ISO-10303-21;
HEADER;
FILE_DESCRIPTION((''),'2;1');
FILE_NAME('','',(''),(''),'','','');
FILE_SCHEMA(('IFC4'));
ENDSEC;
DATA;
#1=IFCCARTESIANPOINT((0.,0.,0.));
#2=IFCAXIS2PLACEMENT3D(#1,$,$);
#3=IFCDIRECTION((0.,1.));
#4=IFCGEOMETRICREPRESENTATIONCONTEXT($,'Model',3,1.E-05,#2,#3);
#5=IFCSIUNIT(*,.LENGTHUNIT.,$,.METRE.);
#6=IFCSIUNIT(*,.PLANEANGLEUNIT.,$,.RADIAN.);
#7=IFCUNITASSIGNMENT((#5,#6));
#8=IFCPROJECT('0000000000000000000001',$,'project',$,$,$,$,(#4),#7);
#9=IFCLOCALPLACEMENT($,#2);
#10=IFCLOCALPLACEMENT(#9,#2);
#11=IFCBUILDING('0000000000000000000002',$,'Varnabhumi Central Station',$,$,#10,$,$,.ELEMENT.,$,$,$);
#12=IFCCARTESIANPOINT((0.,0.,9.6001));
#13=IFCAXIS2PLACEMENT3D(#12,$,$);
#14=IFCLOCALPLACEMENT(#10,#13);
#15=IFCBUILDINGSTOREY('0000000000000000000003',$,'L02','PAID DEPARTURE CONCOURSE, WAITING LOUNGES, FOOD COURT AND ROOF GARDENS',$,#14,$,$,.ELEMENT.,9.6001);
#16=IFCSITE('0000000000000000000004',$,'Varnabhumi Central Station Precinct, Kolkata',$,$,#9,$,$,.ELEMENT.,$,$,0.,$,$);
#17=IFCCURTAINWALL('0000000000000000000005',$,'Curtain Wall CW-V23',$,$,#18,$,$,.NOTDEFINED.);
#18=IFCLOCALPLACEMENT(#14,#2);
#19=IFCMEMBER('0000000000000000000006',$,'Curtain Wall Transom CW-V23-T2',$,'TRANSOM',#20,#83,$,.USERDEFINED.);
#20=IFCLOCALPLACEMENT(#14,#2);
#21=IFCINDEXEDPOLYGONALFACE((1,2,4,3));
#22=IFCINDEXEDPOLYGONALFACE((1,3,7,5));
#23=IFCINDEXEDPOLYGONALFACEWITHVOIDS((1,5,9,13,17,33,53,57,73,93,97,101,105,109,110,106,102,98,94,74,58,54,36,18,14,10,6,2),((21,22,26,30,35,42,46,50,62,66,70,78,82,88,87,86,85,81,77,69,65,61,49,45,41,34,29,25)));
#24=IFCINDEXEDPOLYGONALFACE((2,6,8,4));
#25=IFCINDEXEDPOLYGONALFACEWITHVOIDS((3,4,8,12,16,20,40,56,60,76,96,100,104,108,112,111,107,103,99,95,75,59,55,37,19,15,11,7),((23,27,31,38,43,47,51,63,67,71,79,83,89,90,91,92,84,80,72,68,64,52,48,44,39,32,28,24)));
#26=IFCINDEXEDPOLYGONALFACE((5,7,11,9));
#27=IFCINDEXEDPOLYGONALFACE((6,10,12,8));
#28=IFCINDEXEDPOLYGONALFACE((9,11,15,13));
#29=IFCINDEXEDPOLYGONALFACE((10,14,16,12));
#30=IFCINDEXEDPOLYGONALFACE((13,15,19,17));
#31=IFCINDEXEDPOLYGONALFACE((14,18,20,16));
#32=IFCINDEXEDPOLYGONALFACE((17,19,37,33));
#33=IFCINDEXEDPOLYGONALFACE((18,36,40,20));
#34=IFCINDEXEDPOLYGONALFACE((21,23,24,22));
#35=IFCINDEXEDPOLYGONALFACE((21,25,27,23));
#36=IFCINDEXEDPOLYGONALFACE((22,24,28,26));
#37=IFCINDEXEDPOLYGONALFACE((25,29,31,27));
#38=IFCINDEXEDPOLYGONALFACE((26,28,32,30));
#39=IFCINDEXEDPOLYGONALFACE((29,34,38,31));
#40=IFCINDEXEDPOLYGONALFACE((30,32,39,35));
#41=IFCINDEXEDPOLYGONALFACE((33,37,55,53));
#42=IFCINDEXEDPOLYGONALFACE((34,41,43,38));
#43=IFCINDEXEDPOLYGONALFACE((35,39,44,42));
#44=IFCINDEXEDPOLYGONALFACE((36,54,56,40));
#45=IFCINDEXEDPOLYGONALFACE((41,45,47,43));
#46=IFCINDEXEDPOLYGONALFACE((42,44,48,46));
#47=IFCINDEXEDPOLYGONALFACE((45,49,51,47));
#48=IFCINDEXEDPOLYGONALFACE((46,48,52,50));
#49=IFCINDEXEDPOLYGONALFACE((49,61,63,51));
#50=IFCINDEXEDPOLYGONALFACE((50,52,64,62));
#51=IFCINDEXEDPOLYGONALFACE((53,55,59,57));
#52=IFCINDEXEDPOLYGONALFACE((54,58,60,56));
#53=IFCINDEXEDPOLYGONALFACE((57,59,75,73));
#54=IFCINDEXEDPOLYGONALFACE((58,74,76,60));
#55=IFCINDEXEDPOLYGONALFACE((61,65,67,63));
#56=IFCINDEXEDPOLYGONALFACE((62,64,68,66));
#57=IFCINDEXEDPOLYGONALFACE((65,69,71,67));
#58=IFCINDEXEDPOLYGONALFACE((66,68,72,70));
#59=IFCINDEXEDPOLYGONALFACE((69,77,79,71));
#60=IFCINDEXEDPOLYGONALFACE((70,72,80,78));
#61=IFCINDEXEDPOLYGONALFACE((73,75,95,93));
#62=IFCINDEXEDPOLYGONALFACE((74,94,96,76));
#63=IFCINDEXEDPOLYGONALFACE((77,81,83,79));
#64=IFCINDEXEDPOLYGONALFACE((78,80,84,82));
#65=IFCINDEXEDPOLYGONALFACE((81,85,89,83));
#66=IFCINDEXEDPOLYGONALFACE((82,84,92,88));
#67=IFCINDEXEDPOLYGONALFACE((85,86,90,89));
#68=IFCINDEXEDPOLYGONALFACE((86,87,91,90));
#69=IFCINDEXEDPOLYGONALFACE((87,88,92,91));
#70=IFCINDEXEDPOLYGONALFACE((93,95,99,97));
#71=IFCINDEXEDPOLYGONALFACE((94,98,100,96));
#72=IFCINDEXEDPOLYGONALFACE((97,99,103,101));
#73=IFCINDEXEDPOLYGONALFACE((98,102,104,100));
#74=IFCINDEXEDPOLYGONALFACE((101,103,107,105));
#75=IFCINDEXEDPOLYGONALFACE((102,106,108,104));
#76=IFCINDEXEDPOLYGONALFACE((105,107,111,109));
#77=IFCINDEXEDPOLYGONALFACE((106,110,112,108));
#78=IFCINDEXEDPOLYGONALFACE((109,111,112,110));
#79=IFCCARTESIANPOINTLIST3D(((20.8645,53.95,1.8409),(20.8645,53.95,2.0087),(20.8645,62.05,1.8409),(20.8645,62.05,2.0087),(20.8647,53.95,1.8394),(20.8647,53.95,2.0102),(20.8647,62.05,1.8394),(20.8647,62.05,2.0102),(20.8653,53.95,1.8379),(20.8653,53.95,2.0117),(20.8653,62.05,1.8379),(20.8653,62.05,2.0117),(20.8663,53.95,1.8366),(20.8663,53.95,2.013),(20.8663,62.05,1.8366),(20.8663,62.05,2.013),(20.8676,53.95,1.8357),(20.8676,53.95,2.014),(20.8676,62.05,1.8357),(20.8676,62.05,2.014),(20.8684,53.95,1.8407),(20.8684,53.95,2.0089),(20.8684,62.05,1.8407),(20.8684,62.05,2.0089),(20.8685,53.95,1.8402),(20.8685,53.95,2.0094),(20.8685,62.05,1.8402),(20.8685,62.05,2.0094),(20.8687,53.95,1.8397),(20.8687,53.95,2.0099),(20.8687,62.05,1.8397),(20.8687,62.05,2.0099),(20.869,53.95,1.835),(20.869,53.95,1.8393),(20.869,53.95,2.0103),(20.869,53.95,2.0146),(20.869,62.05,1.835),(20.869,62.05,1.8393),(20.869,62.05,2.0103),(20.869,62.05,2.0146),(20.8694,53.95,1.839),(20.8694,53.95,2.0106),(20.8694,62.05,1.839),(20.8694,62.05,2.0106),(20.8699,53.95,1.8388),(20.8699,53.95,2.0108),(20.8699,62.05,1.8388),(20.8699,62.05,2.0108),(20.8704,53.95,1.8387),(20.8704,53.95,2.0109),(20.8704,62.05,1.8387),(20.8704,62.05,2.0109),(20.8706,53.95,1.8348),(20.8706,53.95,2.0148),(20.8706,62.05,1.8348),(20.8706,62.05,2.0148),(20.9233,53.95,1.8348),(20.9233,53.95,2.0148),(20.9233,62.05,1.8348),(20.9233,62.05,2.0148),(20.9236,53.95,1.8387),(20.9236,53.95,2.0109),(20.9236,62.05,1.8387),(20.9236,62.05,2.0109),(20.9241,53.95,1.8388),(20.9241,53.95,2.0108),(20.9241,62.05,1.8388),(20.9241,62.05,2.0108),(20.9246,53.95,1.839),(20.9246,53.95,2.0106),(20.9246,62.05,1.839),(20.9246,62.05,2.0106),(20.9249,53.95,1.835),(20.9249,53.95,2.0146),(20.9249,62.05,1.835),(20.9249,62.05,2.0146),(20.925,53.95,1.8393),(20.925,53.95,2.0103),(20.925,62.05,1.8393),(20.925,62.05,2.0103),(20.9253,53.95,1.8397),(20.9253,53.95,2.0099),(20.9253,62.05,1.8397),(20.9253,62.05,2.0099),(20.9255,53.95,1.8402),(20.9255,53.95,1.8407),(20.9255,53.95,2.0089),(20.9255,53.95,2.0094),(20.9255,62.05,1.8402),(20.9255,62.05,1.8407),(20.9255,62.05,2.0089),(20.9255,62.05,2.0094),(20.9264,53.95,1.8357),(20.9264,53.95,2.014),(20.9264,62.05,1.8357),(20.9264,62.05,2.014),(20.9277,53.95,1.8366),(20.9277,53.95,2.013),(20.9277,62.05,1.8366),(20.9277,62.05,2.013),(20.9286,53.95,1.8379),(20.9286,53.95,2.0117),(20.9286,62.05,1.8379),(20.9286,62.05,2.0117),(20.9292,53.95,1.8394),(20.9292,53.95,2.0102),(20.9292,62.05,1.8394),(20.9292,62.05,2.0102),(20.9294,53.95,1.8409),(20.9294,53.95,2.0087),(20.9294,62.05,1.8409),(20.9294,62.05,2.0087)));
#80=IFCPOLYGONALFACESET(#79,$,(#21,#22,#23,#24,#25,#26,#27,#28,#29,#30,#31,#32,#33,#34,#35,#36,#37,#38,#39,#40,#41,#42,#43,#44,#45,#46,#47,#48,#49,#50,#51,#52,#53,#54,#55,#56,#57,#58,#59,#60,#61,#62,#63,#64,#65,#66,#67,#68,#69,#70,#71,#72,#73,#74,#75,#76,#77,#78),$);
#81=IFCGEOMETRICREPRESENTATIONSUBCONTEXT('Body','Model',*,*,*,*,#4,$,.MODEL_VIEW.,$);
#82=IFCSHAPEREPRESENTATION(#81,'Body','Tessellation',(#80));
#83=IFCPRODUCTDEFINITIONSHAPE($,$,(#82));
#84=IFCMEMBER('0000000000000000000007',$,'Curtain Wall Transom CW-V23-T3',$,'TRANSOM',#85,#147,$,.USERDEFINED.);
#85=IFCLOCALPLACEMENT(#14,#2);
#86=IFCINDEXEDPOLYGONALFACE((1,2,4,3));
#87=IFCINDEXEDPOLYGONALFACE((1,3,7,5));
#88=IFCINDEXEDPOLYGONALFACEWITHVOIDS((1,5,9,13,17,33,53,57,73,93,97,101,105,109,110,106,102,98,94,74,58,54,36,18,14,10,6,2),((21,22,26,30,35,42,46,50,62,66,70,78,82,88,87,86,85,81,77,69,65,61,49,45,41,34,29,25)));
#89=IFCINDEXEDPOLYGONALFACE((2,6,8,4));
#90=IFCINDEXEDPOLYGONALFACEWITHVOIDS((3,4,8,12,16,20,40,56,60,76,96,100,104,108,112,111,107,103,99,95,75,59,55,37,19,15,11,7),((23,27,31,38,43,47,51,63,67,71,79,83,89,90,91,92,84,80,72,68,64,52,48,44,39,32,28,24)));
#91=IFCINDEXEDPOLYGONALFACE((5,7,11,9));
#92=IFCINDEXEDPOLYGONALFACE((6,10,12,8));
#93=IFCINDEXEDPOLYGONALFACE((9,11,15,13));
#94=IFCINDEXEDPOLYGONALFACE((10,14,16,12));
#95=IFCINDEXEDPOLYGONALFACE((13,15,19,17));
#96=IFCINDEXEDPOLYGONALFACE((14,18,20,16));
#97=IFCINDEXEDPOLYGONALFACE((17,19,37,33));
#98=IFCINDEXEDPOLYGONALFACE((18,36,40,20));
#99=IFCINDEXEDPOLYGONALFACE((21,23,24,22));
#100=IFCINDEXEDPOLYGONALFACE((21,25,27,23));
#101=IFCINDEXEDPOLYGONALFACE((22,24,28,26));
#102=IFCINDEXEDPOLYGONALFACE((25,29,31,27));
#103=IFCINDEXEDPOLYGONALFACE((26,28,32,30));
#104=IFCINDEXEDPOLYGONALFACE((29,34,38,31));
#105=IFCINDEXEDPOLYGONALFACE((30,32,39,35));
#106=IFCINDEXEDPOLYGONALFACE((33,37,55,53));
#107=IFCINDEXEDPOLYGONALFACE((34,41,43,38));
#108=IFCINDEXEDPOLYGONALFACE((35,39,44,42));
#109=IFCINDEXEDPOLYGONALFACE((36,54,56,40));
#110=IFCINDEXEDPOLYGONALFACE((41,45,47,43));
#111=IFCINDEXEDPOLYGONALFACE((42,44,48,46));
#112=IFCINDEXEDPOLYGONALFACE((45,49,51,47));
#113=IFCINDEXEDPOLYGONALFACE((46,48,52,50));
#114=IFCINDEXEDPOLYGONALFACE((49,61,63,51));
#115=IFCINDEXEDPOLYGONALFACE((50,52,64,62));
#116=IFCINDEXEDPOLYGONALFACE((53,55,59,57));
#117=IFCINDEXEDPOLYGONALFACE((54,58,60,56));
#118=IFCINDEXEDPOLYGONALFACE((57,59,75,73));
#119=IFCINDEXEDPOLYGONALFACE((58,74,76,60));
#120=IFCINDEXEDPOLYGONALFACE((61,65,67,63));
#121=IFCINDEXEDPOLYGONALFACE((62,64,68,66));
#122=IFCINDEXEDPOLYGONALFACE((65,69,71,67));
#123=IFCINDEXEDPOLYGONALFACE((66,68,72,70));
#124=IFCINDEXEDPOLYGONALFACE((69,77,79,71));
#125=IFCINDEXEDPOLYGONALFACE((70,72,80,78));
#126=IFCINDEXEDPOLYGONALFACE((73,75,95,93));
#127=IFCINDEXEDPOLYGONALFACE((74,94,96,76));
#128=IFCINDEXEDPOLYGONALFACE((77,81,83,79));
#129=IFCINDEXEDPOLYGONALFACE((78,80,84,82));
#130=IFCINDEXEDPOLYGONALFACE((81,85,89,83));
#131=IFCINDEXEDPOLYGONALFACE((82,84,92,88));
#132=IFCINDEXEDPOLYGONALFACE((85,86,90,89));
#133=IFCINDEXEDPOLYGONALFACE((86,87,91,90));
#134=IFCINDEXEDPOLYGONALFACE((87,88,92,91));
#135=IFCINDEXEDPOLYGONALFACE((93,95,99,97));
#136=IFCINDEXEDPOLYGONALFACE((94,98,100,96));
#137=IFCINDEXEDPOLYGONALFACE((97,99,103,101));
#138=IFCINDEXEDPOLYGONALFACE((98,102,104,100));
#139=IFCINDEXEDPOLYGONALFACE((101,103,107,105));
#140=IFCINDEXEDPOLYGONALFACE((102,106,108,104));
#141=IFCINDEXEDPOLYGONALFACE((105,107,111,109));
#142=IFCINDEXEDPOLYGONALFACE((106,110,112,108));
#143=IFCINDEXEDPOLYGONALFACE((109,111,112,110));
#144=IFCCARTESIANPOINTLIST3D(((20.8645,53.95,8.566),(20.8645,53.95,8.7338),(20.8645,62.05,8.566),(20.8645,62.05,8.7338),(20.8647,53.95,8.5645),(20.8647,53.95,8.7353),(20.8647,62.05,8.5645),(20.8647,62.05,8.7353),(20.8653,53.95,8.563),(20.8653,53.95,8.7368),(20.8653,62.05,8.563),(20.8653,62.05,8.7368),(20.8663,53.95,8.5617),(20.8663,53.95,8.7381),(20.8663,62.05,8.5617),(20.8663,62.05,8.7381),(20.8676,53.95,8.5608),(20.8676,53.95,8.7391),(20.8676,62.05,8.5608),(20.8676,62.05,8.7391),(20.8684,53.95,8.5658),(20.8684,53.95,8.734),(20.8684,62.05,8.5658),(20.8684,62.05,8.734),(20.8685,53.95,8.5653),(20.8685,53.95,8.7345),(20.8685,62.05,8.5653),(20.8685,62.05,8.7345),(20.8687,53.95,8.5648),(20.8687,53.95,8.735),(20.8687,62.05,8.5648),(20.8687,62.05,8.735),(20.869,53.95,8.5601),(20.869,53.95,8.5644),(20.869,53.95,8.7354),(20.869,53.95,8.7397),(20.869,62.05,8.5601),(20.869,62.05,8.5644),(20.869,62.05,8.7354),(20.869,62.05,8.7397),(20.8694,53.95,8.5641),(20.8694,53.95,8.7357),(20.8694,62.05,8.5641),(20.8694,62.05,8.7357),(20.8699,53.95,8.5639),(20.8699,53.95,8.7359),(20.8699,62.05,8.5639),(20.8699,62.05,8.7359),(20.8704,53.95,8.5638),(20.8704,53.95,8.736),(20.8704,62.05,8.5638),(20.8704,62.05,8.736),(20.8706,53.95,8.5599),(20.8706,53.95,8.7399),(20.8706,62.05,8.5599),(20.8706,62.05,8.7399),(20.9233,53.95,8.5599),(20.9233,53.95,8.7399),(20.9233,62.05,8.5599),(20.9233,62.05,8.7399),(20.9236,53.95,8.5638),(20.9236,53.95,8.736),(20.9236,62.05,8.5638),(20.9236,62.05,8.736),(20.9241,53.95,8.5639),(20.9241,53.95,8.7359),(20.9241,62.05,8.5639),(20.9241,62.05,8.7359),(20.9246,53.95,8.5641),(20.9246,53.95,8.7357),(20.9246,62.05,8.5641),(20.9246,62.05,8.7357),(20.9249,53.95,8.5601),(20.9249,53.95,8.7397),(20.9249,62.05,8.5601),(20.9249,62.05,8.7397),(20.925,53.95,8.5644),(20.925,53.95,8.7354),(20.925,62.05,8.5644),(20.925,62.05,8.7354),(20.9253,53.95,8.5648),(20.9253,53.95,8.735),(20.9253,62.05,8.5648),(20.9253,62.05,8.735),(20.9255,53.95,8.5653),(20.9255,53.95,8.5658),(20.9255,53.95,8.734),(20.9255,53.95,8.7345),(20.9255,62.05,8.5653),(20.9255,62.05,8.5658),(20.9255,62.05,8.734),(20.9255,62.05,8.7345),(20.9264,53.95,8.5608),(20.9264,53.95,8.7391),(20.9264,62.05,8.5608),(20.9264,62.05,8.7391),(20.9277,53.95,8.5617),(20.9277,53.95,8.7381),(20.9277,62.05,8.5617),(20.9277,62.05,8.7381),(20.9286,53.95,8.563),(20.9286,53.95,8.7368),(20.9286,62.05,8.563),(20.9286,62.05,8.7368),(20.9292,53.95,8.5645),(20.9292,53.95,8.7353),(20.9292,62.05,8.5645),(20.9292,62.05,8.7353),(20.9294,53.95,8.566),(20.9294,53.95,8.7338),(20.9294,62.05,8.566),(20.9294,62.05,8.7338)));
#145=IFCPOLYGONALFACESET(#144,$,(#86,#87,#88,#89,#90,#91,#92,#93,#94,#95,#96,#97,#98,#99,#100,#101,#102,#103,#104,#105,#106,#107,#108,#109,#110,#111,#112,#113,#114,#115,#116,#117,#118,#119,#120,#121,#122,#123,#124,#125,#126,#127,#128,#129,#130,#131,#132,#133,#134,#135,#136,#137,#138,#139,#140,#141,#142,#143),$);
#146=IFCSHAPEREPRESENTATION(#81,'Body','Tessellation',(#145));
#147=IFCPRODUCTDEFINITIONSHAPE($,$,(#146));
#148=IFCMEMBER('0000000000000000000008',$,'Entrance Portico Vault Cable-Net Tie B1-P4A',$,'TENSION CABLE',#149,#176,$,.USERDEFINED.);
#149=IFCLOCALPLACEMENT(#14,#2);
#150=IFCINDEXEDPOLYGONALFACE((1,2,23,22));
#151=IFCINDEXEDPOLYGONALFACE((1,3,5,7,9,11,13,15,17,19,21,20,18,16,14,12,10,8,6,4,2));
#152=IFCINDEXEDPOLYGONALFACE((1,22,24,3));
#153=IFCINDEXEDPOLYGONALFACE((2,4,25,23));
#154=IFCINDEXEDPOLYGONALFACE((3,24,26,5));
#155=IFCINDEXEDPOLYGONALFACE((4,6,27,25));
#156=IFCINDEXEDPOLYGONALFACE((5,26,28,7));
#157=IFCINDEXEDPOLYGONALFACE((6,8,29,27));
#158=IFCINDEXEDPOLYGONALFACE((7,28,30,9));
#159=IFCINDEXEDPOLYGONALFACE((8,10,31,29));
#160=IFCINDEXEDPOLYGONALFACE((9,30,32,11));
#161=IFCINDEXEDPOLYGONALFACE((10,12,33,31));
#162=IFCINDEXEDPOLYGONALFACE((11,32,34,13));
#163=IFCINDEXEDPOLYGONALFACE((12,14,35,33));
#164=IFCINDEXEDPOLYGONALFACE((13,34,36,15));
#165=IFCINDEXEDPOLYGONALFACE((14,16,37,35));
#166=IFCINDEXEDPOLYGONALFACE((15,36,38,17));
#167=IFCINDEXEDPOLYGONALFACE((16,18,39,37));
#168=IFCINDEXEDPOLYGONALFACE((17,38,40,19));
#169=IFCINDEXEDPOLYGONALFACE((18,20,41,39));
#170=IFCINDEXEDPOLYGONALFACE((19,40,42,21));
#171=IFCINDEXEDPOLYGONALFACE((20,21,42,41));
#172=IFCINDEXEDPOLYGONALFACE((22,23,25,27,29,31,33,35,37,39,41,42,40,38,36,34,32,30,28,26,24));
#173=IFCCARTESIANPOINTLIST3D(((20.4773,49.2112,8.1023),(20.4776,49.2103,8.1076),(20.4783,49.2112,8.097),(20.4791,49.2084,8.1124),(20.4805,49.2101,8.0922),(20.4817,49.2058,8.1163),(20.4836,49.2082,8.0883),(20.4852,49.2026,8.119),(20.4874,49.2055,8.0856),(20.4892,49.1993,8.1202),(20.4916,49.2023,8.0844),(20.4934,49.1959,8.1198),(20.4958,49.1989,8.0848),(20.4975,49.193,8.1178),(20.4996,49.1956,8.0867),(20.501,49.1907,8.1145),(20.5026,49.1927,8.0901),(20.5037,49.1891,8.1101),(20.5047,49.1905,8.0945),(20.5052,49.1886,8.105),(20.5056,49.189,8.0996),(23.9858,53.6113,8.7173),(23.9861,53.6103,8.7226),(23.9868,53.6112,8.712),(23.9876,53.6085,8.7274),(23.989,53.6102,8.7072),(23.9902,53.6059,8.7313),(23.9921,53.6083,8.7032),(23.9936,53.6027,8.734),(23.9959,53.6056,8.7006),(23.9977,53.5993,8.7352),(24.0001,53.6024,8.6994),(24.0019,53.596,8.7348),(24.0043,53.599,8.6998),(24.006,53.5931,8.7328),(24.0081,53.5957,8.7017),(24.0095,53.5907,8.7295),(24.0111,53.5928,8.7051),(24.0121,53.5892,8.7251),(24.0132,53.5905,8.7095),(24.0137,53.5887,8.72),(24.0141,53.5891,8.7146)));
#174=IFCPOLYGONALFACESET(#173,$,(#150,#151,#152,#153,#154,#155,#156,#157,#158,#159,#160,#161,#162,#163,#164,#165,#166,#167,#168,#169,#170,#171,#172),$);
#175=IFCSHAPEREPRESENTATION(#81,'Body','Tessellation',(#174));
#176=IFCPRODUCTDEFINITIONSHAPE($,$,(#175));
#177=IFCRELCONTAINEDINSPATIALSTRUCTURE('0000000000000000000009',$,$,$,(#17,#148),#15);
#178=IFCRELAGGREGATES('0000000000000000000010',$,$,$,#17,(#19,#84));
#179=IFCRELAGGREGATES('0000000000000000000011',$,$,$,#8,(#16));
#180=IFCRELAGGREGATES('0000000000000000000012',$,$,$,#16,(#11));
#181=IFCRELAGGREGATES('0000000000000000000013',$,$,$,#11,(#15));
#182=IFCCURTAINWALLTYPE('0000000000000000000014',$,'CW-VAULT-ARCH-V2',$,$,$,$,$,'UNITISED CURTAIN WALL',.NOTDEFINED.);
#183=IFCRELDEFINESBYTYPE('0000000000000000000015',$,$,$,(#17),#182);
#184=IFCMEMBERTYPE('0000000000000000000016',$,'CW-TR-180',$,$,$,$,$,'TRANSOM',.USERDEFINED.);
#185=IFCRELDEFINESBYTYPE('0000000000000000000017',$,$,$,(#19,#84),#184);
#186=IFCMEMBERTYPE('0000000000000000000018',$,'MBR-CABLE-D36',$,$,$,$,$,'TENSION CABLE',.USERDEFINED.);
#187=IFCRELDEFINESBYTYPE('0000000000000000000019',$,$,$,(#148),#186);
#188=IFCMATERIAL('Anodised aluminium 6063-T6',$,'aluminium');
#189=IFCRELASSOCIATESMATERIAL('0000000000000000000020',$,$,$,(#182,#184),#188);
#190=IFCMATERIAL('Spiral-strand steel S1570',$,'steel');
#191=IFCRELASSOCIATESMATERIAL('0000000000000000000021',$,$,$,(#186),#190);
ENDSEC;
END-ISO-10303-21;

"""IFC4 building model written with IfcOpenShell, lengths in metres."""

from ifc_helpers import new_model, si_unit, direction, frame, origin, origin_2d, place, context, subcontext, project, spatial, hollow_rectangle, circle, extrude, material, material_profile, profile_set, type_object, element, aggregate, save


model = new_model("IFC4")

# Units and contexts
model_context = context("Model", 3, precision=1e-05, world=origin(), true_north=direction((0.0, 1.0)))
body_context = subcontext(model_context, "Body", "Model", "MODEL_VIEW")
ifc_project = project(units=[si_unit("LENGTHUNIT", "METRE"), si_unit("PLANEANGLEUNIT", "RADIAN")], contexts=[model_context])

# Site, building, storey
site_placement = place(None, origin())
site = spatial("IfcSite", under=ifc_project, at=site_placement, Name="Varnabhumi Central Station Precinct, Kolkata", CompositionType="ELEMENT", RefElevation=0.0)
building_placement = place(site_placement, origin())
building = spatial("IfcBuilding", under=site, at=building_placement, Name="Varnabhumi Central Station", CompositionType="ELEMENT")
storey_placement = place(building_placement, frame((0.0, 0.0, 9.6001)))
storey = spatial("IfcBuildingStorey", under=building, at=storey_placement, Name="L02", Description="PAID DEPARTURE CONCOURSE, WAITING LOUNGES, FOOD COURT AND ROOF GARDENS", CompositionType="ELEMENT", Elevation=9.6001)

# Curtain wall, members
ifc_material_1 = material(Name="Anodised aluminium 6063-T6", Category="aluminium")
curtain_wall_type = type_object("IfcCurtainWallType", Name="CW-VAULT-ARCH-V2", ElementType="UNITISED CURTAIN WALL", PredefinedType="NOTDEFINED", material=ifc_material_1)
curtain_wall_1_placement = place(storey_placement, origin())
curtain_wall_1 = element("IfcCurtainWall", 1, at=curtain_wall_1_placement, inside=storey, type_object=curtain_wall_type, Name="Curtain Wall CW-V23", PredefinedType="NOTDEFINED")
ifc_material_profile_1 = material_profile(ifc_material_1, hollow_rectangle(XDim=0.0649, YDim=0.1799, WallThickness=0.0039, InnerFilletRadius=0.002, OuterFilletRadius=0.0061, at=origin_2d()), Name="Anodised aluminium 6063-T6", Category="aluminium")
ifc_profile_set_1 = profile_set([ifc_material_profile_1], Name="Anodised aluminium 6063-T6")
member_type_1 = type_object("IfcMemberType", Name="CW-TR-180", ElementType="TRANSOM", PredefinedType="USERDEFINED", material=ifc_profile_set_1)
member_1_placement = place(storey_placement, frame((20.897, 53.95, 1.9248), z_axis=(0.0, 1.0, 0.0), x_axis=(-1.0, 0.0, 0.0)))
member_1 = element("IfcMember", 2, at=member_1_placement, type_object=member_type_1, Name="Curtain Wall Transom CW-V23-T2", ObjectType="TRANSOM", PredefinedType="USERDEFINED", context=body_context, shape_type="SweptSolid", body=[
    extrude(hollow_rectangle(XDim=0.0649, YDim=0.1799, WallThickness=0.0039, InnerFilletRadius=0.002, OuterFilletRadius=0.0061, at=origin_2d()), origin(), (0.0, 0.0, 1.0), 8.1001),
])
member_2_placement = place(storey_placement, frame((20.897, 53.95, 8.6499), z_axis=(0.0, 1.0, 0.0), x_axis=(-1.0, 0.0, 0.0)))
member_2 = element("IfcMember", 3, at=member_2_placement, type_object=member_type_1, Name="Curtain Wall Transom CW-V23-T3", ObjectType="TRANSOM", PredefinedType="USERDEFINED", context=body_context, shape_type="SweptSolid", body=[
    extrude(hollow_rectangle(XDim=0.0649, YDim=0.1799, WallThickness=0.0039, InnerFilletRadius=0.002, OuterFilletRadius=0.0061, at=origin_2d()), origin(), (0.0, 0.0, 1.0), 8.1001),
])

# Member
ifc_material_2 = material(Name="Spiral-strand steel S1570", Category="steel")
ifc_material_profile_2 = material_profile(ifc_material_2, circle(Radius=0.0181, at=origin_2d()), Name="Spiral-strand steel S1570", Category="steel")
ifc_profile_set_2 = profile_set([ifc_material_profile_2], Name="Spiral-strand steel S1570")
member_type_2 = type_object("IfcMemberType", Name="MBR-CABLE-D36", ElementType="TENSION CABLE", PredefinedType="USERDEFINED", material=ifc_profile_set_2)
member_3_placement = place(storey_placement, frame((20.4915, 49.2, 8.1023), z_axis=(0.619751, 0.777244, 0.108632), x_axis=(-0.781871, 0.62344, 0.0)))
element("IfcMember", 4, at=member_3_placement, inside=storey, type_object=member_type_2, Name="Entrance Portico Vault Cable-Net Tie B1-P4A", ObjectType="TENSION CABLE", PredefinedType="USERDEFINED", context=body_context, shape_type="SweptSolid", body=[
    extrude(circle(Radius=0.0181, at=origin_2d()), origin(), (0.0, 0.0, 1.0), 5.6611),
])

aggregate(curtain_wall_1, [member_1, member_2])

save(model, "model.ifc")
